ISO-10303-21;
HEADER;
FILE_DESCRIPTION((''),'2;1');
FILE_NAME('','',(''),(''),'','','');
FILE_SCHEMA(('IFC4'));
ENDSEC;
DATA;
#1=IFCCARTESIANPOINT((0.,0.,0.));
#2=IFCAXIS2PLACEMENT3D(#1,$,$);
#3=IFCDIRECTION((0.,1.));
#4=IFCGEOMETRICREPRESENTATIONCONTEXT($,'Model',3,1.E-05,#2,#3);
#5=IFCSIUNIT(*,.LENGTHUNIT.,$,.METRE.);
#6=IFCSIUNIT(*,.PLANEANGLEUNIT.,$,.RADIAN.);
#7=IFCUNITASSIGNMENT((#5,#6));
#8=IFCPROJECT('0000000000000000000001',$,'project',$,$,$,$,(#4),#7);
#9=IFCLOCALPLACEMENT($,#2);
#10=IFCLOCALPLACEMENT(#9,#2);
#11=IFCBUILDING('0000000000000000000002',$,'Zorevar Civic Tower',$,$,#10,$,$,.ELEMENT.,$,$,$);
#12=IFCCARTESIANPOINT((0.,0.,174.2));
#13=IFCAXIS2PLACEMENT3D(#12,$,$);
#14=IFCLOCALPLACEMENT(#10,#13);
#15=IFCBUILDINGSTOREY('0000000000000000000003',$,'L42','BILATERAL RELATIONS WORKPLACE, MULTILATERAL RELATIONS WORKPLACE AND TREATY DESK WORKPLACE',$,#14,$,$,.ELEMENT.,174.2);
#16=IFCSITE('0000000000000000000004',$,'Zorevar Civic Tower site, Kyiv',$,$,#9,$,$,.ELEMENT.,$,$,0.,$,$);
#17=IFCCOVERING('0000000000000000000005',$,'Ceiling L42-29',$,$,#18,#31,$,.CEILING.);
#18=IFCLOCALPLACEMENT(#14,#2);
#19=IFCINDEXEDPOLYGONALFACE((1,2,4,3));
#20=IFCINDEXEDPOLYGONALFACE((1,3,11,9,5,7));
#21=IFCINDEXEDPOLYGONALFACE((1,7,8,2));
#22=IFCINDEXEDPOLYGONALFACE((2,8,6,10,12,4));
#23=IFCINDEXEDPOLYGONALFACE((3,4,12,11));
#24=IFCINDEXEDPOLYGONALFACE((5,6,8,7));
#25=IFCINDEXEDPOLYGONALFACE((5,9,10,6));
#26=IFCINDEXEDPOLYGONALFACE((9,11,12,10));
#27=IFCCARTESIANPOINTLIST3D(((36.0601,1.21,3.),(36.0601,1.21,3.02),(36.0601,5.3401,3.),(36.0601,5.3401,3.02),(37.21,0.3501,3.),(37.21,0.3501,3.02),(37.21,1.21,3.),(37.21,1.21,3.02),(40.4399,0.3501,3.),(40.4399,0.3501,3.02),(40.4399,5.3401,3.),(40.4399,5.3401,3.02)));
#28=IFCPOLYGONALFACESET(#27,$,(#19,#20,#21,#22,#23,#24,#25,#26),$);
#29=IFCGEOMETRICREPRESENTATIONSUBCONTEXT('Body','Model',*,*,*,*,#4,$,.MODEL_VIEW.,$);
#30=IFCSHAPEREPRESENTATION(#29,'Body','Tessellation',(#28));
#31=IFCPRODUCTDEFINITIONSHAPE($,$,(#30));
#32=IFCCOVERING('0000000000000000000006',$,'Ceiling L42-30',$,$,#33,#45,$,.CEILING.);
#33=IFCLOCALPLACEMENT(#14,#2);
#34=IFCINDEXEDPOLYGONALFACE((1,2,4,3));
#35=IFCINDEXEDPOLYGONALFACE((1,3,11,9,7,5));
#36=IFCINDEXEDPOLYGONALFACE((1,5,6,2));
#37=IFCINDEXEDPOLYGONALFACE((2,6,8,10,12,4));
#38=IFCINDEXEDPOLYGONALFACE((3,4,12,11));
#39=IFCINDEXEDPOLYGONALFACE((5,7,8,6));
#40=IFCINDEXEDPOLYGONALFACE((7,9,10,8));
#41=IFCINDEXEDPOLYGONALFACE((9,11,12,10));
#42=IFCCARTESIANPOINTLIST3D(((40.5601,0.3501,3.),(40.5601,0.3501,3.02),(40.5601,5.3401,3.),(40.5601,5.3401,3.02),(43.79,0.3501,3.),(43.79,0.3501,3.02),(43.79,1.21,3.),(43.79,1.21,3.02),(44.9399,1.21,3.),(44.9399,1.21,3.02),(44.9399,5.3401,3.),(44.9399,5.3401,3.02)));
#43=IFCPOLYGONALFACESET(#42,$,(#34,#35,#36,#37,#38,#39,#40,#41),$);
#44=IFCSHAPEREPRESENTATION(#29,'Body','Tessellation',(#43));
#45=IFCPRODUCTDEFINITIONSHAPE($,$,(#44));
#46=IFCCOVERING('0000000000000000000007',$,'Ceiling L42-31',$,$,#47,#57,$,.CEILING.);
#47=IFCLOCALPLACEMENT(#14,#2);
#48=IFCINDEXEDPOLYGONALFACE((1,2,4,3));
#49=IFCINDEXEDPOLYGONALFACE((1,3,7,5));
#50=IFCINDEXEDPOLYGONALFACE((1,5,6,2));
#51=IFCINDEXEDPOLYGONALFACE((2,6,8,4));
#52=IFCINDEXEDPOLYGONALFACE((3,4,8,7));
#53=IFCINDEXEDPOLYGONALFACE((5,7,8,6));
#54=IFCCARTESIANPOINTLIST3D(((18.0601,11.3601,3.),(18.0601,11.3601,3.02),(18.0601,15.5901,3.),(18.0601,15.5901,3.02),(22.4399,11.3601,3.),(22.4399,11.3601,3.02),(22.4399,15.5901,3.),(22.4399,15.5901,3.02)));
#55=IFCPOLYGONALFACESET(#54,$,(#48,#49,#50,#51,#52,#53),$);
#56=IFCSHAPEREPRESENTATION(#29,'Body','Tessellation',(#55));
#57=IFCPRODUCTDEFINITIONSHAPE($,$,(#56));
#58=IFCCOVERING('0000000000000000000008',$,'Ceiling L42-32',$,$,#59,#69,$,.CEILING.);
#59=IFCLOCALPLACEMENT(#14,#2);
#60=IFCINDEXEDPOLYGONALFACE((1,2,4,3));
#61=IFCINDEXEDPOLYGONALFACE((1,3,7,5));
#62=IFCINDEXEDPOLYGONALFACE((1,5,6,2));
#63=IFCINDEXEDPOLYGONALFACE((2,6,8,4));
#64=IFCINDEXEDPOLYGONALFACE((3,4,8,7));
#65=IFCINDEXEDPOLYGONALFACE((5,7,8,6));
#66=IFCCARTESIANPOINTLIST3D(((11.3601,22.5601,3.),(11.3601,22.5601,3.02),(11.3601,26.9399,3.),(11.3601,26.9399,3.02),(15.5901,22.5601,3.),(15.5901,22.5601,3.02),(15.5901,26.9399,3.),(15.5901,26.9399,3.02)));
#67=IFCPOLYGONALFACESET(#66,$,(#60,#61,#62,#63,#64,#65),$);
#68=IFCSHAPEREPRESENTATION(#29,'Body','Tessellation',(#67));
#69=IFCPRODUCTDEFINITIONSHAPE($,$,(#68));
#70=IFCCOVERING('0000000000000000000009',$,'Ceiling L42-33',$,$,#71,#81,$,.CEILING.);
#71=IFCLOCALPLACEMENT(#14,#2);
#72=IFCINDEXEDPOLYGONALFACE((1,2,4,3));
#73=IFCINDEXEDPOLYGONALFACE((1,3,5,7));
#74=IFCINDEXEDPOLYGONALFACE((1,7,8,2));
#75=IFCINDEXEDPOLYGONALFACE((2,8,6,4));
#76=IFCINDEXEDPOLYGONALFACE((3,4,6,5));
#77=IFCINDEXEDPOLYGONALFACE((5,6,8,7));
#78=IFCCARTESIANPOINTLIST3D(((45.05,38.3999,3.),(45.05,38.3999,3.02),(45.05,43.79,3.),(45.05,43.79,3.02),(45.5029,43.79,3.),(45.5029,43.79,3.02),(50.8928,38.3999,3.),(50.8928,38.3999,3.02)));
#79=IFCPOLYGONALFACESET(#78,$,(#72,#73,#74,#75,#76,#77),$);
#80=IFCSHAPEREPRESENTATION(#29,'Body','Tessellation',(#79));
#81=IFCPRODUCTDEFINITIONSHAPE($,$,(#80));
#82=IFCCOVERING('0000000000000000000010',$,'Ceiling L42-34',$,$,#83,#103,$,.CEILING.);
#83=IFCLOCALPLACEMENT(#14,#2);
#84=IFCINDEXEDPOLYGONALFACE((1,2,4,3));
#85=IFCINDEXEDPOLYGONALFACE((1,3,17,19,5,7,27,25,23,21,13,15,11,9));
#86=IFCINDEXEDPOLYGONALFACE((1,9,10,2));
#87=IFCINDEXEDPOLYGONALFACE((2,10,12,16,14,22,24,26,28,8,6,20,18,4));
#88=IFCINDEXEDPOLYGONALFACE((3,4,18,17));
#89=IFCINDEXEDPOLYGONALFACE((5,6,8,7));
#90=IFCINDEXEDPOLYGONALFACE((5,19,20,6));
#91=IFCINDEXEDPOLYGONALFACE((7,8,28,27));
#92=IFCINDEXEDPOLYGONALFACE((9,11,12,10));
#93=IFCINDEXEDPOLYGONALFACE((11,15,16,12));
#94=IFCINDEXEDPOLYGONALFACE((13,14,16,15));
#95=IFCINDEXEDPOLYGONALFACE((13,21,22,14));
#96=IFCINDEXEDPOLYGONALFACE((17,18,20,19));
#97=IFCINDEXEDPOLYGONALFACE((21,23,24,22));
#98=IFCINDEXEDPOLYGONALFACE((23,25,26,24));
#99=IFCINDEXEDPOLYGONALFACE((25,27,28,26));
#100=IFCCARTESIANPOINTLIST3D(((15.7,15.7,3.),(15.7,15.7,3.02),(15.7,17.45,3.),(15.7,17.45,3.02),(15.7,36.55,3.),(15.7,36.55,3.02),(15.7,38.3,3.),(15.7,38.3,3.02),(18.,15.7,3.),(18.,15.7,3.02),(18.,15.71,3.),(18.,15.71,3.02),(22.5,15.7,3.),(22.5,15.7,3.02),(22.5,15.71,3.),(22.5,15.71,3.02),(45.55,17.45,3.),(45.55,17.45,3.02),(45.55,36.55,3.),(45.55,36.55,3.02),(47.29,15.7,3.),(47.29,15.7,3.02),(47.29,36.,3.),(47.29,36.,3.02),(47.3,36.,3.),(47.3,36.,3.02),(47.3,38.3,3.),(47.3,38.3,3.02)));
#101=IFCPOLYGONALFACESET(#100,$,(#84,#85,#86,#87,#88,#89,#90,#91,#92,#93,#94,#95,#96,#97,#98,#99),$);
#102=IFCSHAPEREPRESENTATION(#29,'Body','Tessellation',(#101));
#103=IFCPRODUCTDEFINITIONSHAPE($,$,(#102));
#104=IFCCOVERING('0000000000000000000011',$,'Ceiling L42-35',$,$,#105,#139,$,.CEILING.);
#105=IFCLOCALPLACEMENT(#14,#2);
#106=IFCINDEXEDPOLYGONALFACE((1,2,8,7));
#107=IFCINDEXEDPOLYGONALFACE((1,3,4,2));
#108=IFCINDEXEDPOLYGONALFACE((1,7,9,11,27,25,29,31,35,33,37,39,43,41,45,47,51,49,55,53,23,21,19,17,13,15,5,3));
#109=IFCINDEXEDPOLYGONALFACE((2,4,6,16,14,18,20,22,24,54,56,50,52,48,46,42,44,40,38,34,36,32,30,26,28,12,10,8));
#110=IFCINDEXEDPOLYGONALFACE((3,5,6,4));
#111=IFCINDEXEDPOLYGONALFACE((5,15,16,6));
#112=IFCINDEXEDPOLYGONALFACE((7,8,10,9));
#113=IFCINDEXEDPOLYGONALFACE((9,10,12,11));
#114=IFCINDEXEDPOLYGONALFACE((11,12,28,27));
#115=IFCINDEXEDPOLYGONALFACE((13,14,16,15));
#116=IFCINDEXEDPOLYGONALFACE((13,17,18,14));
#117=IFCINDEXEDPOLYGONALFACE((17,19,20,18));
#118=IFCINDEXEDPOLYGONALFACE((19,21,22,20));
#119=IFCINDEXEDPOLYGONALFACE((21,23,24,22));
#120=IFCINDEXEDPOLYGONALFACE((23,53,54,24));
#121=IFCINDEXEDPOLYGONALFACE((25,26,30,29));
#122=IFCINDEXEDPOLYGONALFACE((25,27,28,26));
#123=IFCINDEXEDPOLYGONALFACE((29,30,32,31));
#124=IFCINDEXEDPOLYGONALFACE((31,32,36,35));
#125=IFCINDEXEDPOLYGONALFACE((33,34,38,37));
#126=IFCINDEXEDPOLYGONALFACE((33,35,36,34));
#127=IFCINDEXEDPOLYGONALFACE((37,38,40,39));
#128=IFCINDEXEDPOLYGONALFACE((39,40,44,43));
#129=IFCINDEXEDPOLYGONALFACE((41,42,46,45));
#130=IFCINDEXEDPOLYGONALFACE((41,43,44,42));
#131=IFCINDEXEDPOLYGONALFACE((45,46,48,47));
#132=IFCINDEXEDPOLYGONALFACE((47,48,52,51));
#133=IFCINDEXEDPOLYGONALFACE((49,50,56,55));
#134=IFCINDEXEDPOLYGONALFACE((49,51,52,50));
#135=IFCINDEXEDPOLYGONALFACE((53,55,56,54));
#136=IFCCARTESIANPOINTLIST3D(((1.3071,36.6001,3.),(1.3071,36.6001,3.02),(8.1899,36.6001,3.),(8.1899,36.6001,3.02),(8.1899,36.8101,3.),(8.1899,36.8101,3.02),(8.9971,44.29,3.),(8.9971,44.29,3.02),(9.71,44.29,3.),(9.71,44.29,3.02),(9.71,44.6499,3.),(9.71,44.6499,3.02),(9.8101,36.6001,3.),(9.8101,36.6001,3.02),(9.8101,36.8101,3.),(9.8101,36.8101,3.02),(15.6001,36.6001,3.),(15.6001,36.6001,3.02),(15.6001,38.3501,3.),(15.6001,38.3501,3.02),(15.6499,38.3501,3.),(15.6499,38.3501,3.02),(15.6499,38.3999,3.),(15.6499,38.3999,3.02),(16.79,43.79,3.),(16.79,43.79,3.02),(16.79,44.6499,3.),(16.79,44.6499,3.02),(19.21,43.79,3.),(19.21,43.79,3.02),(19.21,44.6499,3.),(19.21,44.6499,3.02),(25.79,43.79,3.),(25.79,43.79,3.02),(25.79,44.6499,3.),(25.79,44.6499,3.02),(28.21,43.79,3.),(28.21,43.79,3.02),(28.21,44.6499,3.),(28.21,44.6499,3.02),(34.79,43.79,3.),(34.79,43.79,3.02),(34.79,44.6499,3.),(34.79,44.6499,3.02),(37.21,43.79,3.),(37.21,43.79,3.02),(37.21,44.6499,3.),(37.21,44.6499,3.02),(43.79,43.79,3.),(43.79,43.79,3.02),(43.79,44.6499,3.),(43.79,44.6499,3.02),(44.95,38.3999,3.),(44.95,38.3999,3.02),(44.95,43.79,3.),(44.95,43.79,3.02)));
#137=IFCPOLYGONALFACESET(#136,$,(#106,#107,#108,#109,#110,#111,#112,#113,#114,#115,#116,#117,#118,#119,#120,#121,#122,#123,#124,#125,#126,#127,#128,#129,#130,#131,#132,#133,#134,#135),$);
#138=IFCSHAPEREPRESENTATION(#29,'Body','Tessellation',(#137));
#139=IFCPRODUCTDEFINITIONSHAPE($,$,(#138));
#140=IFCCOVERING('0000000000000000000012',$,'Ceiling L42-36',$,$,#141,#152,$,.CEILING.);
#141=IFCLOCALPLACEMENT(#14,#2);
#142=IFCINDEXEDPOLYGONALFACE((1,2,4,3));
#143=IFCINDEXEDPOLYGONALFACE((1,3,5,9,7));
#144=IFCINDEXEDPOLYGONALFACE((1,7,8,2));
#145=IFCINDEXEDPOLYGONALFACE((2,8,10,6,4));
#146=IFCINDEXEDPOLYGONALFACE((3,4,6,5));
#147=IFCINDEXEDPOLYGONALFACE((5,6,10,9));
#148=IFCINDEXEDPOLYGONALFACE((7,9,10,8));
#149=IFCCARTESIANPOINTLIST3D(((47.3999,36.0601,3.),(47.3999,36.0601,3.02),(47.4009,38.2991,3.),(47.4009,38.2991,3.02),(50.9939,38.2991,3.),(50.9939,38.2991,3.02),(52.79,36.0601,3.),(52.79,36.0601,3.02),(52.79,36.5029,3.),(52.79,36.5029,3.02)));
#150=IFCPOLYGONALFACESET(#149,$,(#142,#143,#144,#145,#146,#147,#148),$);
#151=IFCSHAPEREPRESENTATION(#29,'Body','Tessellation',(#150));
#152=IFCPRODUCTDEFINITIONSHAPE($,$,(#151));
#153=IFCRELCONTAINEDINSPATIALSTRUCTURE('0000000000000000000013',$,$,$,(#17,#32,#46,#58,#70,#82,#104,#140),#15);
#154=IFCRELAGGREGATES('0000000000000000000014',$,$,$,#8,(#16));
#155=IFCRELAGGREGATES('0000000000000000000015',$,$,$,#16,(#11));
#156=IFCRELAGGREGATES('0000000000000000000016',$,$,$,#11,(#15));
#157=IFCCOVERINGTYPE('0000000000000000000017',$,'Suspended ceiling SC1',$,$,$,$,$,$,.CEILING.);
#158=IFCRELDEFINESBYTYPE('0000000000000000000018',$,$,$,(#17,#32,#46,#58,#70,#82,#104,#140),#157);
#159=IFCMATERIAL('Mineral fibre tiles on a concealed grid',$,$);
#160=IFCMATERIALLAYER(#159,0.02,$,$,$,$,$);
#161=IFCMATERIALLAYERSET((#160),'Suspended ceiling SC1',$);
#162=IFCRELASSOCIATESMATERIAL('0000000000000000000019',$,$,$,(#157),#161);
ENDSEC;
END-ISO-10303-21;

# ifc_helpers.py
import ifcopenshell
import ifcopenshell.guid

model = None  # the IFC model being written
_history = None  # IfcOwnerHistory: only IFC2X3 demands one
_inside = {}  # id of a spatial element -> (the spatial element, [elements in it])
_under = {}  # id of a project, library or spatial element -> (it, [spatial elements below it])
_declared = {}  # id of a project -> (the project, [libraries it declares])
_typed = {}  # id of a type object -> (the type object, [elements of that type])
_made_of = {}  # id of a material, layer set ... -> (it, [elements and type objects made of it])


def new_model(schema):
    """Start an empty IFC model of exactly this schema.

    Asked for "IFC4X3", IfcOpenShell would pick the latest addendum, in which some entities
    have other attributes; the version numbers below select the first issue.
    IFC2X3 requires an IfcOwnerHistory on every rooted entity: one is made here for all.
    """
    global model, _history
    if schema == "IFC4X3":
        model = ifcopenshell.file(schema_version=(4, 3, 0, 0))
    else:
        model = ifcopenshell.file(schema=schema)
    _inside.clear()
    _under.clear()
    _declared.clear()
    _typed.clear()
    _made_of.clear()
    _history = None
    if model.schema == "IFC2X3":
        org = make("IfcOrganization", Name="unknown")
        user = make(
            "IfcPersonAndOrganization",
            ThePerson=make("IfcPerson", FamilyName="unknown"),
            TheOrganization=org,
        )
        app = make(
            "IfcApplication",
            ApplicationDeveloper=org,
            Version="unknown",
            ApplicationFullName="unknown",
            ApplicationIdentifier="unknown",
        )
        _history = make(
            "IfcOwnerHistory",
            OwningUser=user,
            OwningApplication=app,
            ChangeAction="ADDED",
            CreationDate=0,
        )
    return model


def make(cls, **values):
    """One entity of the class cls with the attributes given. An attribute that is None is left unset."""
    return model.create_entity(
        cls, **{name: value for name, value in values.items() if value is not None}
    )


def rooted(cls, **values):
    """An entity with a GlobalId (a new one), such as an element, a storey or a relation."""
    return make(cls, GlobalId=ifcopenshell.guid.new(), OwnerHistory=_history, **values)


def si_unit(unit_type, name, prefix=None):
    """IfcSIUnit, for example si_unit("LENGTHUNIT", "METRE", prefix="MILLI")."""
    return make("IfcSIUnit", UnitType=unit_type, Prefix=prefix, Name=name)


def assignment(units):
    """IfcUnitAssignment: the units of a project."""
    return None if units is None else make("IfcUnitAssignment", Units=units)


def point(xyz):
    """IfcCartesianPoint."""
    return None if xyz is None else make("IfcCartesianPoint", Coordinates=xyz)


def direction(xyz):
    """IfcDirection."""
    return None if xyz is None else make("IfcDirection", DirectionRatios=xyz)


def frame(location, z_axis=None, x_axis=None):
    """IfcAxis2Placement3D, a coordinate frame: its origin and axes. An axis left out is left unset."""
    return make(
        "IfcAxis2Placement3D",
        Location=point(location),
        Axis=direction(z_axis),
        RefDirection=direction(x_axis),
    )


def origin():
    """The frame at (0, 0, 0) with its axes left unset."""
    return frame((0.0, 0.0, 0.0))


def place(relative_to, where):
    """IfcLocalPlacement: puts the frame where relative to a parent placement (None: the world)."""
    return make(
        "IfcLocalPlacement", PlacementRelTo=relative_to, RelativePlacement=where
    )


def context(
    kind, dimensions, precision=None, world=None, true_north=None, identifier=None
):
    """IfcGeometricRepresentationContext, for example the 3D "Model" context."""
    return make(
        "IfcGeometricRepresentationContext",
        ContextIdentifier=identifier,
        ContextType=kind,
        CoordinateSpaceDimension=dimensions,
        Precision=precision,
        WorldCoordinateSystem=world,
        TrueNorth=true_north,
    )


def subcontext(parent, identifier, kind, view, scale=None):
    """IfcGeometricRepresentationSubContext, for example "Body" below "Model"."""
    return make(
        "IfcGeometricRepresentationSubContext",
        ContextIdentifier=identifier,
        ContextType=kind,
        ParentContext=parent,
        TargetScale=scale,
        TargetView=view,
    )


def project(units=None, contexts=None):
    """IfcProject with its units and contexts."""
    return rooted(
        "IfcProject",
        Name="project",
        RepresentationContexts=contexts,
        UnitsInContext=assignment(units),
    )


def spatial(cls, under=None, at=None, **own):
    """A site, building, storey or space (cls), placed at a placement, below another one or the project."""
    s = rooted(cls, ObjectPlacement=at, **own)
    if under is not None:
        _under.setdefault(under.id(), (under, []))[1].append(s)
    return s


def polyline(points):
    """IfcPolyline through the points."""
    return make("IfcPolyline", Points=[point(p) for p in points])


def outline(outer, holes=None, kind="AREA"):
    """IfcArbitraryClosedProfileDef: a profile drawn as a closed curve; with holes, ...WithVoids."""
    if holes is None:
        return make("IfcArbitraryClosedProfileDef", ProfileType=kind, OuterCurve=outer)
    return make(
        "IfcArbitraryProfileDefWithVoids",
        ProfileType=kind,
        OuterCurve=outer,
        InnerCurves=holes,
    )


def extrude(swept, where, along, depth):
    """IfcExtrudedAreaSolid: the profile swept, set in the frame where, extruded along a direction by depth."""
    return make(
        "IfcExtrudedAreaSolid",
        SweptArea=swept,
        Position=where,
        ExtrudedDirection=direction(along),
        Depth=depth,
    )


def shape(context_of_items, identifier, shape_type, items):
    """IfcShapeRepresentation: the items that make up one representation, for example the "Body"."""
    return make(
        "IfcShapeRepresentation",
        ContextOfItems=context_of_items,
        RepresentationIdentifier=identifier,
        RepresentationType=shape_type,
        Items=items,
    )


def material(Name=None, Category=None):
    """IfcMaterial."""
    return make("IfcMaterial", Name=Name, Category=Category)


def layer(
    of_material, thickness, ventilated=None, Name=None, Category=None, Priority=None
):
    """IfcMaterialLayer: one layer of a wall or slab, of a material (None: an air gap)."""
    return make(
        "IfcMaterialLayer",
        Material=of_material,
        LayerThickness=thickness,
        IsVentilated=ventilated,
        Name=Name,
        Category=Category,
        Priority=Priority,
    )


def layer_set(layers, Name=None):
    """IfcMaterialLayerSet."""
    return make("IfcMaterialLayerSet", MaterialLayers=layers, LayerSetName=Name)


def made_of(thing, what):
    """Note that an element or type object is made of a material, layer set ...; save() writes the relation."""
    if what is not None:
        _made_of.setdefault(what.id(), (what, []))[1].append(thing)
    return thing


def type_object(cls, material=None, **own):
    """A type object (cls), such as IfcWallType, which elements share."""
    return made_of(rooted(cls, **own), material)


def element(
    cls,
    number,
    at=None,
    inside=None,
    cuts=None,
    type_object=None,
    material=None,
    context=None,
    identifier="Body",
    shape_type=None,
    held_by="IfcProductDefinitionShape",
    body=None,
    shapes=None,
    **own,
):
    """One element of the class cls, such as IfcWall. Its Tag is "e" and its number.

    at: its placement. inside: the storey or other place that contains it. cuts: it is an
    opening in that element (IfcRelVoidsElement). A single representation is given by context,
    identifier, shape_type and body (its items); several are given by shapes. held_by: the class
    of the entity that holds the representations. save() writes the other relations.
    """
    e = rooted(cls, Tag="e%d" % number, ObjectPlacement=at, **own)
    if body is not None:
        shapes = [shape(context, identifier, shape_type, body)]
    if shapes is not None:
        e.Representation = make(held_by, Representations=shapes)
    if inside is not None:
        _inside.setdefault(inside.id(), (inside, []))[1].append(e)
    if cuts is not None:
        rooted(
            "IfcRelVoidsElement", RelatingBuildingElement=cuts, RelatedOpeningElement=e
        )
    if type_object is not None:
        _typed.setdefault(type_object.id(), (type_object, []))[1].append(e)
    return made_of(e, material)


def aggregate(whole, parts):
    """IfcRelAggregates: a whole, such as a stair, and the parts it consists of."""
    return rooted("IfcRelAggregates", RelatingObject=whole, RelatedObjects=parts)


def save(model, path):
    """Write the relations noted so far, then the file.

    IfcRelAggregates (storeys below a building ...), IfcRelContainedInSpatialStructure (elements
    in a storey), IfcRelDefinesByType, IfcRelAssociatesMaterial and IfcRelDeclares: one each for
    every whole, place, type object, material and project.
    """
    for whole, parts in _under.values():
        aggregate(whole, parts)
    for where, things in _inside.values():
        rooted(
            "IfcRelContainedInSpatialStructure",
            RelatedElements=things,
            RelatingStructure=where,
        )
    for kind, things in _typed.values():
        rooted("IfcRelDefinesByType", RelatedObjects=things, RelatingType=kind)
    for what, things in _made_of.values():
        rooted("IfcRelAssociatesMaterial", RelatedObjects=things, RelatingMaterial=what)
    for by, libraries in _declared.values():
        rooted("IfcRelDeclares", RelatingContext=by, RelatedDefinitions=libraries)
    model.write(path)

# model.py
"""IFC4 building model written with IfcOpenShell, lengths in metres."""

from ifc_helpers import new_model, si_unit, direction, frame, origin, place, context, subcontext, project, spatial, polyline, outline, extrude, material, layer, layer_set, type_object, element, save


model = new_model("IFC4")

# Units and contexts
model_context = context("Model", 3, precision=1e-05, world=origin(), true_north=direction((0.0, 1.0)))
body_context = subcontext(model_context, "Body", "Model", "MODEL_VIEW")
ifc_project = project(units=[si_unit("LENGTHUNIT", "METRE"), si_unit("PLANEANGLEUNIT", "RADIAN")], contexts=[model_context])

# Site, building, storey
site_placement = place(None, origin())
site = spatial("IfcSite", under=ifc_project, at=site_placement, Name="Zorevar Civic Tower site, Kyiv", CompositionType="ELEMENT", RefElevation=0.0)
building_placement = place(site_placement, origin())
building = spatial("IfcBuilding", under=site, at=building_placement, Name="Zorevar Civic Tower", CompositionType="ELEMENT")
storey_placement = place(building_placement, frame((0.0, 0.0, 174.2)))
storey = spatial("IfcBuildingStorey", under=building, at=storey_placement, Name="L42", Description="BILATERAL RELATIONS WORKPLACE, MULTILATERAL RELATIONS WORKPLACE AND TREATY DESK WORKPLACE", CompositionType="ELEMENT", Elevation=174.2)

# Coverings
ifc_material_1 = material(Name="Mineral fibre tiles on a concealed grid")
ifc_layer_1 = layer(ifc_material_1, 0.02)
ifc_layer_set_1 = layer_set([ifc_layer_1], Name="Suspended ceiling SC1")
covering_type_1 = type_object("IfcCoveringType", Name="Suspended ceiling SC1", PredefinedType="CEILING", material=ifc_layer_set_1)
covering_1_placement = place(storey_placement, frame((0.0, 0.0, 3.0)))
element("IfcCovering", 1, at=covering_1_placement, inside=storey, type_object=covering_type_1, Name="Ceiling L42-29", PredefinedType="CEILING", context=body_context, shape_type="SweptSolid", body=[
    extrude(outline(polyline([(40.4399, 5.3401), (40.4399, 0.3501), (37.21, 0.3501), (37.21, 1.21), (36.0601, 1.21), (36.0601, 5.3401), (40.4399, 5.3401)])), origin(), (0.0, 0.0, 1.0), 0.02),
])
covering_2_placement = place(storey_placement, frame((0.0, 0.0, 3.0)))
element("IfcCovering", 2, at=covering_2_placement, inside=storey, type_object=covering_type_1, Name="Ceiling L42-30", PredefinedType="CEILING", context=body_context, shape_type="SweptSolid", body=[
    extrude(outline(polyline([(44.9399, 5.3401), (44.9399, 1.21), (43.79, 1.21), (43.79, 0.3501), (40.5601, 0.3501), (40.5601, 5.3401), (44.9399, 5.3401)])), origin(), (0.0, 0.0, 1.0), 0.02),
])
covering_3_placement = place(storey_placement, frame((0.0, 0.0, 3.0)))
element("IfcCovering", 3, at=covering_3_placement, inside=storey, type_object=covering_type_1, Name="Ceiling L42-31", PredefinedType="CEILING", context=body_context, shape_type="SweptSolid", body=[
    extrude(outline(polyline([(18.0601, 15.5901), (22.4399, 15.5901), (22.4399, 11.3601), (18.0601, 11.3601), (18.0601, 15.5901)])), origin(), (0.0, 0.0, 1.0), 0.02),
])
covering_4_placement = place(storey_placement, frame((0.0, 0.0, 3.0)))
element("IfcCovering", 4, at=covering_4_placement, inside=storey, type_object=covering_type_1, Name="Ceiling L42-32", PredefinedType="CEILING", context=body_context, shape_type="SweptSolid", body=[
    extrude(outline(polyline([(15.5901, 22.5601), (11.3601, 22.5601), (11.3601, 26.9399), (15.5901, 26.9399), (15.5901, 22.5601)])), origin(), (0.0, 0.0, 1.0), 0.02),
])
covering_5_placement = place(storey_placement, frame((0.0, 0.0, 3.0)))
element("IfcCovering", 5, at=covering_5_placement, inside=storey, type_object=covering_type_1, Name="Ceiling L42-33", PredefinedType="CEILING", context=body_context, shape_type="SweptSolid", body=[
    extrude(outline(polyline([(45.05, 38.3999), (45.05, 43.79), (45.5029, 43.79), (50.8928, 38.3999), (45.05, 38.3999)])), origin(), (0.0, 0.0, 1.0), 0.02),
])
covering_6_placement = place(storey_placement, frame((0.0, 0.0, 3.0)))
element("IfcCovering", 6, at=covering_6_placement, inside=storey, type_object=covering_type_1, Name="Ceiling L42-34", PredefinedType="CEILING", context=body_context, shape_type="SweptSolid", body=[
    extrude(outline(polyline([(15.7, 38.3), (47.3, 38.3), (47.3, 36.0), (47.29, 36.0), (47.29, 15.7), (22.5, 15.7), (22.5, 15.71), (18.0, 15.71), (18.0, 15.7), (15.7, 15.7), (15.7, 17.45), (45.55, 17.45), (45.55, 36.55), (15.7, 36.55), (15.7, 38.3)])), origin(), (0.0, 0.0, 1.0), 0.02),
])
covering_7_placement = place(storey_placement, frame((0.0, 0.0, 3.0)))
element("IfcCovering", 7, at=covering_7_placement, inside=storey, type_object=covering_type_1, Name="Ceiling L42-35", PredefinedType="CEILING", context=body_context, shape_type="SweptSolid", body=[
    extrude(outline(polyline([(16.79, 43.79), (19.21, 43.79), (19.21, 44.6499), (25.79, 44.6499), (25.79, 43.79), (28.21, 43.79), (28.21, 44.6499), (34.79, 44.6499), (34.79, 43.79), (37.21, 43.79), (37.21, 44.6499), (43.79, 44.6499), (43.79, 43.79), (44.95, 43.79), (44.95, 38.3999), (15.6499, 38.3999), (15.6499, 38.3501), (15.6001, 38.3501), (15.6001, 36.6001), (9.8101, 36.6001), (9.8101, 36.8101), (8.1899, 36.8101), (8.1899, 36.6001), (1.3071, 36.6001), (8.9971, 44.29), (9.71, 44.29), (9.71, 44.6499), (16.79, 44.6499), (16.79, 43.79)])), origin(), (0.0, 0.0, 1.0), 0.02),
])
covering_8_placement = place(storey_placement, frame((0.0, 0.0, 3.0)))
element("IfcCovering", 8, at=covering_8_placement, inside=storey, type_object=covering_type_1, Name="Ceiling L42-36", PredefinedType="CEILING", context=body_context, shape_type="SweptSolid", body=[
    extrude(outline(polyline([(50.9939, 38.2991), (52.79, 36.5029), (52.79, 36.0601), (47.3999, 36.0601), (47.4009, 38.2991), (50.9939, 38.2991)])), origin(), (0.0, 0.0, 1.0), 0.02),
])

save(model, "model.ifc")
